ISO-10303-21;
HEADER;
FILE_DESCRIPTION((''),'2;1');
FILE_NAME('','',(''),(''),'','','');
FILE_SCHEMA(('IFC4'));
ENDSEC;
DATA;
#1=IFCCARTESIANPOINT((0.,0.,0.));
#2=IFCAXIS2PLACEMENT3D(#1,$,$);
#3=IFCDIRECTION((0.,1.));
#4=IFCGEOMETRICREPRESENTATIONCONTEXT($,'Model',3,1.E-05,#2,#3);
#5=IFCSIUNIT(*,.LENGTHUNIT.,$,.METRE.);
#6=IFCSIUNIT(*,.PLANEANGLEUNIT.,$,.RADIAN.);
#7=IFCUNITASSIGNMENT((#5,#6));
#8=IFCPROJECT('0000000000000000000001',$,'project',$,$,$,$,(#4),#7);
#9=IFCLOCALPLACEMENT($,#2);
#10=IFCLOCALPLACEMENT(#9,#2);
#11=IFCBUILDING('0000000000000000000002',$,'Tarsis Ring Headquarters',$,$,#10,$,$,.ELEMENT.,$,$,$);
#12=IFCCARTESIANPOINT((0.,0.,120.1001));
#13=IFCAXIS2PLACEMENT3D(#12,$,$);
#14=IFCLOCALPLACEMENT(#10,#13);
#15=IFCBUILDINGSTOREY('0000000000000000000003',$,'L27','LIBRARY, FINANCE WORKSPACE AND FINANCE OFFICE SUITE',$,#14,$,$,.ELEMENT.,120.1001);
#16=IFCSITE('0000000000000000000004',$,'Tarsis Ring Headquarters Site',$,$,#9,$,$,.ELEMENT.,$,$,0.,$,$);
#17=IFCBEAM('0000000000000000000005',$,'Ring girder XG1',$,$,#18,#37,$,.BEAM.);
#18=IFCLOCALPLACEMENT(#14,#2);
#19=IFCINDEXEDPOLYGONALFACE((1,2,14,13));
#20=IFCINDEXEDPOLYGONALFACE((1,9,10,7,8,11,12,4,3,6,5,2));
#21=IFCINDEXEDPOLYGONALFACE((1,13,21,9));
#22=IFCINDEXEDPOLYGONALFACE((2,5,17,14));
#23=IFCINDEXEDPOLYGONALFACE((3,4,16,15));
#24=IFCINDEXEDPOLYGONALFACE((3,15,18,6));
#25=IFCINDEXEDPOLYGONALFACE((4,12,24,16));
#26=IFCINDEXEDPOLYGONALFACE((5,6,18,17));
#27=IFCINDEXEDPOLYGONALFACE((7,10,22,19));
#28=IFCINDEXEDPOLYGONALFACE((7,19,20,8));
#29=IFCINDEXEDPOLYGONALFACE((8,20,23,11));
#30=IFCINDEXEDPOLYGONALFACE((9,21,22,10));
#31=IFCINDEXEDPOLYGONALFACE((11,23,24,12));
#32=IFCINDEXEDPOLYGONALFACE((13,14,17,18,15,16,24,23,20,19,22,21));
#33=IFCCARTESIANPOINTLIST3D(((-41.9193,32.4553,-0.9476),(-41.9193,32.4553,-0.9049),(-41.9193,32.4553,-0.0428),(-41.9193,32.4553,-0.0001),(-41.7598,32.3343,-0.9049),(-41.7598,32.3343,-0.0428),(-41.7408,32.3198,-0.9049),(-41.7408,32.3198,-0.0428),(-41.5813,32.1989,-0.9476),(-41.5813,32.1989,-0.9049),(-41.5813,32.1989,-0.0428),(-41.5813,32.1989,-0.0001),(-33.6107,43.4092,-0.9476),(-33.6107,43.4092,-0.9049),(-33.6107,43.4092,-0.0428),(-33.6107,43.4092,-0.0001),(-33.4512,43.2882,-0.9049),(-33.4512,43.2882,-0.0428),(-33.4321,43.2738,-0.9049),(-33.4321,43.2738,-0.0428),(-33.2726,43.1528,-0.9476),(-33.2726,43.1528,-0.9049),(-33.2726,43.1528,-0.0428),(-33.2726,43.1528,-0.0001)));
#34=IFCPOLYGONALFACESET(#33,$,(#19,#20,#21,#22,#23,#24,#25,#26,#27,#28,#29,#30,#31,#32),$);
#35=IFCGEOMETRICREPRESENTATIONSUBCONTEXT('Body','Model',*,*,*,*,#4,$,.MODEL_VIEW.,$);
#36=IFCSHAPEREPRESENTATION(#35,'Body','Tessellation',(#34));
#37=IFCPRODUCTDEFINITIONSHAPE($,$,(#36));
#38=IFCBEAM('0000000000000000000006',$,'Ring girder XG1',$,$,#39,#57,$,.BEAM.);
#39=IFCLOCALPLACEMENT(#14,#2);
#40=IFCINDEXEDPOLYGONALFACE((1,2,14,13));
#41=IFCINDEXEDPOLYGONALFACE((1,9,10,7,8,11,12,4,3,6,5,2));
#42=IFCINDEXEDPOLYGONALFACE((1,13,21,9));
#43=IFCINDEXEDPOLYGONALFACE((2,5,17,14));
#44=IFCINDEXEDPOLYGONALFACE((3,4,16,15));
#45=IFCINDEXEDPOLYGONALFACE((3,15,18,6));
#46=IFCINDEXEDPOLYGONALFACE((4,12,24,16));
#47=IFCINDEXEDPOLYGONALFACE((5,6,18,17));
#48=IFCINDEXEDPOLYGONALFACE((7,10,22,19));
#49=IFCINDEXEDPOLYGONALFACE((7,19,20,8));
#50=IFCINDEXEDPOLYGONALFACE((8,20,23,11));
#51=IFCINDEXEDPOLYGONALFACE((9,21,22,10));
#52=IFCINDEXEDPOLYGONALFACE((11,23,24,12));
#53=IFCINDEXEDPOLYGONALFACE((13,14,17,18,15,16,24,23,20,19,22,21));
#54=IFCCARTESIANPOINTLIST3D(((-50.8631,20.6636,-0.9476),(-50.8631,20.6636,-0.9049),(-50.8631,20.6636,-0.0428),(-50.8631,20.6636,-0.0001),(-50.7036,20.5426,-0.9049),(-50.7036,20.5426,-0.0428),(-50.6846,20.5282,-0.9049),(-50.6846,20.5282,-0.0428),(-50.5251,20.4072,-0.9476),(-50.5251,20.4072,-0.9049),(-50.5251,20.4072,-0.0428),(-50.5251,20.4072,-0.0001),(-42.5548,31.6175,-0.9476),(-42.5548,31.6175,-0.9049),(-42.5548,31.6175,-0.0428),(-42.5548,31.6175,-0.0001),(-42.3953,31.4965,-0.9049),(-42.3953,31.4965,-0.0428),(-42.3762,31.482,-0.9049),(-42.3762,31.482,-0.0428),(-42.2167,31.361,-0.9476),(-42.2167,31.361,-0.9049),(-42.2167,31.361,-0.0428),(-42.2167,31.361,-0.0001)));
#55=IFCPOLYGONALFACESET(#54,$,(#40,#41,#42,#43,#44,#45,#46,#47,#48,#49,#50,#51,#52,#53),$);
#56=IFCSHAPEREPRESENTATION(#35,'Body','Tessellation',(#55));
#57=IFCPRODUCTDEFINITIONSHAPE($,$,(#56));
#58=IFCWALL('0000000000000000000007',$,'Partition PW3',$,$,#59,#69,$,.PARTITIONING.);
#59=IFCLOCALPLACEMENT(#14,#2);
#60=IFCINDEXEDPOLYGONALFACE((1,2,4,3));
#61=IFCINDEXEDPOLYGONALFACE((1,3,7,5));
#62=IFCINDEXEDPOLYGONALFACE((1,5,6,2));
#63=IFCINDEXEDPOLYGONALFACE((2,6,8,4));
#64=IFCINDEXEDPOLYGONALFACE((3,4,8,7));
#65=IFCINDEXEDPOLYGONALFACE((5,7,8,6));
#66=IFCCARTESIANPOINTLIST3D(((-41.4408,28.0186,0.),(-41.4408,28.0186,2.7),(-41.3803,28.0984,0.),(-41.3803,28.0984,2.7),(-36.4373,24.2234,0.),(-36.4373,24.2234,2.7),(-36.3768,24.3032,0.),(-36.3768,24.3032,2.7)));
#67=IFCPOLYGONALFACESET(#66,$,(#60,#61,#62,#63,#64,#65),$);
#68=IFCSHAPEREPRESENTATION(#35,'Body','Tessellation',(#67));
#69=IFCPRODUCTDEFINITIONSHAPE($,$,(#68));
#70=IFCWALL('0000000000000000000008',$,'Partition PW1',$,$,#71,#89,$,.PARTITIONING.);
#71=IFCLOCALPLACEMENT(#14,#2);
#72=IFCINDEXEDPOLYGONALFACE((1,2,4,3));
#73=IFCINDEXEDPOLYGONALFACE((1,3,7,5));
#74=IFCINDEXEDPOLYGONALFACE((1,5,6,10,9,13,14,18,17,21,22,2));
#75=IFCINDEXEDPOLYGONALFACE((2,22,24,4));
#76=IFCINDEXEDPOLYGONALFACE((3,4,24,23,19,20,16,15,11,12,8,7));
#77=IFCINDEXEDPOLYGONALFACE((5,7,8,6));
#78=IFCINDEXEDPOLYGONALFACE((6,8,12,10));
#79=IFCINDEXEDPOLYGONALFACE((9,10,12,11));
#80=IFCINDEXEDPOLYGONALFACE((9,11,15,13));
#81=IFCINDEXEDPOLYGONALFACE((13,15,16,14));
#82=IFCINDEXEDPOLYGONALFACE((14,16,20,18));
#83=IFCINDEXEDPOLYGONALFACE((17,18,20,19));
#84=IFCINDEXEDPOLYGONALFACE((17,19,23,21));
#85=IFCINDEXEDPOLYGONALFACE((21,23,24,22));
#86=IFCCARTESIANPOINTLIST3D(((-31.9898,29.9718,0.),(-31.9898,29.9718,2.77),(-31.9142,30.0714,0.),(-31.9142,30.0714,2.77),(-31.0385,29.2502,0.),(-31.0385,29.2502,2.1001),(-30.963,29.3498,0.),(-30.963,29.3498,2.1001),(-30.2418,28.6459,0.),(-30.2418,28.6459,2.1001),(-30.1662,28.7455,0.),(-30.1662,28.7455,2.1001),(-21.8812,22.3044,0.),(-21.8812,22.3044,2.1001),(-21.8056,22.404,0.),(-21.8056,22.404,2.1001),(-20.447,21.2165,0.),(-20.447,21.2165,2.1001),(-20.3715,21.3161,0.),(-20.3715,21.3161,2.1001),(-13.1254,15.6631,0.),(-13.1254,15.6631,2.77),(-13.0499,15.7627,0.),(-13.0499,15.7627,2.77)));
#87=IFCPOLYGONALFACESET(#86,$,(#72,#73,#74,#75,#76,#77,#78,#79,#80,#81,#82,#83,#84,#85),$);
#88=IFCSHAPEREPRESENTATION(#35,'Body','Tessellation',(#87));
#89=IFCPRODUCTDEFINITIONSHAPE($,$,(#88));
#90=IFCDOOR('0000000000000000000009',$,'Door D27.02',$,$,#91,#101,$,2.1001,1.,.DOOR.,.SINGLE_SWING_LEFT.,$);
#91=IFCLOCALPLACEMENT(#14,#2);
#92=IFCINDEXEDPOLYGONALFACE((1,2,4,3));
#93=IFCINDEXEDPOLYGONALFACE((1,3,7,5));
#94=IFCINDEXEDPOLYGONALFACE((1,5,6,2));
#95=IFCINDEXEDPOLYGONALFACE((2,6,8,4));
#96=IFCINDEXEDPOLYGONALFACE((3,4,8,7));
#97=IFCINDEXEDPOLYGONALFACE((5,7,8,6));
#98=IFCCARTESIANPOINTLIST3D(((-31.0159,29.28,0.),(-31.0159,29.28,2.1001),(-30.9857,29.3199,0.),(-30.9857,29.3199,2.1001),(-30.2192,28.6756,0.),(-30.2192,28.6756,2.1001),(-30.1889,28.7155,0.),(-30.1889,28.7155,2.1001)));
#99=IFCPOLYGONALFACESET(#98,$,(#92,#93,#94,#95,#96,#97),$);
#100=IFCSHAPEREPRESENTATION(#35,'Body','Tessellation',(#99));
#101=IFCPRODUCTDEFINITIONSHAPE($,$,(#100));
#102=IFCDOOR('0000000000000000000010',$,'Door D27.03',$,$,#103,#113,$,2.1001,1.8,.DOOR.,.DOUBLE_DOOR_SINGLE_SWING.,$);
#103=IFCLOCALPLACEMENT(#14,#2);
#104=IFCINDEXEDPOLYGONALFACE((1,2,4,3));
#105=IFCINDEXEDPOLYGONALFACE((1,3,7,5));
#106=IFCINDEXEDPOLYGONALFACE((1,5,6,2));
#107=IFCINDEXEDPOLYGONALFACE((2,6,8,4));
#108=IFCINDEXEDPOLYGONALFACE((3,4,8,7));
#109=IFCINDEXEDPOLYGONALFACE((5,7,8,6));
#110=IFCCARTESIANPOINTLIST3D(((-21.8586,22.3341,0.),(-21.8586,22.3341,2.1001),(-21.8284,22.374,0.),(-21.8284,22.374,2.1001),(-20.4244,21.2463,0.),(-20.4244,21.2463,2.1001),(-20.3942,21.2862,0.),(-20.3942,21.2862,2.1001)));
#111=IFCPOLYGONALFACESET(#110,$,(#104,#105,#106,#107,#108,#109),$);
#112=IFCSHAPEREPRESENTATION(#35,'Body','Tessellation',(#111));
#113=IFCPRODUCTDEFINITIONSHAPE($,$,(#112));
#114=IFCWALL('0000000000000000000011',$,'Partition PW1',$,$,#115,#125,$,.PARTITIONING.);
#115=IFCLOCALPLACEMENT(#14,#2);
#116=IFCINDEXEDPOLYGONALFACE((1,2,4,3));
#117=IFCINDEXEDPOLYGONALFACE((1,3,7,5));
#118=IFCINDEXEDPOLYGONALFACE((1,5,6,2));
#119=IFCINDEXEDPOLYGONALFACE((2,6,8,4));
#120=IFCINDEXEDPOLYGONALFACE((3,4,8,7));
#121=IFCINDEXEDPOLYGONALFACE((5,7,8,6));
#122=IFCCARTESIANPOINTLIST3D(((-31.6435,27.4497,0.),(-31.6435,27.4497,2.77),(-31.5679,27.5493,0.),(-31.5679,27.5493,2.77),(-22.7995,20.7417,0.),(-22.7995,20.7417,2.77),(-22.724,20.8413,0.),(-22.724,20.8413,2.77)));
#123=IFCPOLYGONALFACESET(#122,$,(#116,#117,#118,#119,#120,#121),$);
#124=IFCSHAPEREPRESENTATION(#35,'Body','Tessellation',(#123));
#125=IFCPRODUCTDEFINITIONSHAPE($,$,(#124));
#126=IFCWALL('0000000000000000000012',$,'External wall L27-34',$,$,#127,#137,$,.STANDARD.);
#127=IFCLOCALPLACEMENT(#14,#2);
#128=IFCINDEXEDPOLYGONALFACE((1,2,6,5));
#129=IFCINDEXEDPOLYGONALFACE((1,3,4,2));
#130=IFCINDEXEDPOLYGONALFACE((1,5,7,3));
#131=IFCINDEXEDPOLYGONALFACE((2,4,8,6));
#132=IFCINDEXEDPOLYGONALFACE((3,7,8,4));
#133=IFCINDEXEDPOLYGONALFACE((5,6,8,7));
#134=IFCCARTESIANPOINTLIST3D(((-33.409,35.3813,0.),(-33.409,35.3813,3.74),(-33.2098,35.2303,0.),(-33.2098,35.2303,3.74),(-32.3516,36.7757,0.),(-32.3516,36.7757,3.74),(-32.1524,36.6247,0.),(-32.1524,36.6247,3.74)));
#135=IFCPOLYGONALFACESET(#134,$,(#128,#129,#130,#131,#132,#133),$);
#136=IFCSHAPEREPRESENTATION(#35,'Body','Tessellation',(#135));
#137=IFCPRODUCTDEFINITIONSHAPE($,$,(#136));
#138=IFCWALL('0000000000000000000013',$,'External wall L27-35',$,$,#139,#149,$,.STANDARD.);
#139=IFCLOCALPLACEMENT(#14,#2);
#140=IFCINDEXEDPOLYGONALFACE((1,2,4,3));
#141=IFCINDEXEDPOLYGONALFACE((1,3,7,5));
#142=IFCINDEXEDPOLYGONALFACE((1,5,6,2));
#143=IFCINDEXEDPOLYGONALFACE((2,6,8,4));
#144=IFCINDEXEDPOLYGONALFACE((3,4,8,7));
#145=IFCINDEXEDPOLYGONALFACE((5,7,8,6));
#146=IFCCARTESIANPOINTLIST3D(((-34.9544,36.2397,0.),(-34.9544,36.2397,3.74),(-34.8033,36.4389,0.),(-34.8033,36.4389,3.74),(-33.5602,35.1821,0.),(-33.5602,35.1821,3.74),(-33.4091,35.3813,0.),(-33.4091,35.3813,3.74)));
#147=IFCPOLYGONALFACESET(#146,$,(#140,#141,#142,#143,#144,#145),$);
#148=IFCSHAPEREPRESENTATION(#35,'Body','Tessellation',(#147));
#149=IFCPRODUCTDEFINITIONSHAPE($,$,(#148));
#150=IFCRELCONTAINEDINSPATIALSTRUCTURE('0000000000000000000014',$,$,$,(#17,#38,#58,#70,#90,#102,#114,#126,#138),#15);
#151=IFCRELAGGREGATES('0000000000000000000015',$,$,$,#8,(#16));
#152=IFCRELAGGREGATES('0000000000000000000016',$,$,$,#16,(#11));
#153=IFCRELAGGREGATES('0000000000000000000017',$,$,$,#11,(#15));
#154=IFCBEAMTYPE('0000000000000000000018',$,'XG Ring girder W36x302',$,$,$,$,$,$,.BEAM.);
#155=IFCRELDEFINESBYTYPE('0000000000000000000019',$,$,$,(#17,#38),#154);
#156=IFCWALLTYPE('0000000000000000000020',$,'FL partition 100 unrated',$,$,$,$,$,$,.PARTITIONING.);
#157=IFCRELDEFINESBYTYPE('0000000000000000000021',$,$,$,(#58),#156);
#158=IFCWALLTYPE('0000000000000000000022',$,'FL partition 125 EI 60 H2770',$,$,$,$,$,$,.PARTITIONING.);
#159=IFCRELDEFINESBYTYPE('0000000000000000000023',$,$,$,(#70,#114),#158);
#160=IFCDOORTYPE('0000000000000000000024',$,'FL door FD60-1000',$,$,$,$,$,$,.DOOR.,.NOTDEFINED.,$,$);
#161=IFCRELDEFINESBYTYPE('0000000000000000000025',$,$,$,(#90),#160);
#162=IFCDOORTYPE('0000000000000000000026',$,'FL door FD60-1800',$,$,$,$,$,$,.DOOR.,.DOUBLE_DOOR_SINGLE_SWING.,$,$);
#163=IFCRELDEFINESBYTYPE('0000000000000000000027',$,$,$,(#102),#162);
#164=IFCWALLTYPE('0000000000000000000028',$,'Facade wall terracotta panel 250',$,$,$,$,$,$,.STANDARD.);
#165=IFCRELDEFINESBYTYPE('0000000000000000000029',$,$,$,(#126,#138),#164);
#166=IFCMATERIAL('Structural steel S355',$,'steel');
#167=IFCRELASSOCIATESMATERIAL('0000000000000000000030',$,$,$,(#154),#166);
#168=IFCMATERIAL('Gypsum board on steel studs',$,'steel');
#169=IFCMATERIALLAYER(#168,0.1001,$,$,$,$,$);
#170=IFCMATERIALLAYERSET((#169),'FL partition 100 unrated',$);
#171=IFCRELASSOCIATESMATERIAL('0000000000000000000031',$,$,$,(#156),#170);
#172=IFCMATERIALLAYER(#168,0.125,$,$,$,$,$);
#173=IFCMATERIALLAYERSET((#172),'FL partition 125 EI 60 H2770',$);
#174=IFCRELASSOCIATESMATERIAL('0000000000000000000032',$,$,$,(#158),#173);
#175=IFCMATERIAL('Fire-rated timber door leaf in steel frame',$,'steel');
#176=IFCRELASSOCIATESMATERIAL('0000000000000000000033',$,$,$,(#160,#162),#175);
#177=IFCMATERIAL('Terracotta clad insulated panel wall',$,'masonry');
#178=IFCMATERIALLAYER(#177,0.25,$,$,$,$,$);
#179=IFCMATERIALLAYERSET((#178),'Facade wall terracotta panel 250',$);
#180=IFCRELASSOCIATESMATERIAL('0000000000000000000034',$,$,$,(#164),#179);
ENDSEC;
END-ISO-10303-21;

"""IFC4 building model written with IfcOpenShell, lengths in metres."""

from ifc_helpers import new_model, si_unit, direction, frame, frame_2d, origin, origin_2d, place, context, subcontext, project, spatial, rectangle, i_section, extrude, material, layer, layer_set, material_profile, profile_set, type_object, element, fill, save


model = new_model("IFC4")

# Units and contexts
model_context = context("Model", 3, precision=1e-05, world=origin(), true_north=direction((0.0, 1.0)))
body_context = subcontext(model_context, "Body", "Model", "MODEL_VIEW")
ifc_project = project(units=[si_unit("LENGTHUNIT", "METRE"), si_unit("PLANEANGLEUNIT", "RADIAN")], contexts=[model_context])

# Site, building, storey
site_placement = place(None, origin())
site = spatial("IfcSite", under=ifc_project, at=site_placement, Name="Tarsis Ring Headquarters Site", CompositionType="ELEMENT", RefElevation=0.0)
building_placement = place(site_placement, origin())
building = spatial("IfcBuilding", under=site, at=building_placement, Name="Tarsis Ring Headquarters", CompositionType="ELEMENT")
storey_placement = place(building_placement, frame((0.0, 0.0, 120.1001)))
storey = spatial("IfcBuildingStorey", under=building, at=storey_placement, Name="L27", Description="LIBRARY, FINANCE WORKSPACE AND FINANCE OFFICE SUITE", CompositionType="ELEMENT", Elevation=120.1001)

# Shared definitions
ifc_material_1 = material(Name="Structural steel S355", Category="steel")

# Beams
ifc_material_profile_1 = material_profile(ifc_material_1, i_section(OverallWidth=0.4243, OverallDepth=0.9475, WebThickness=0.0239, FlangeThickness=0.0427, at=origin_2d()), Name="W36x302")
ifc_profile_set_1 = profile_set([ifc_material_profile_1], Name="Structural steel S355")
beam_type = type_object("IfcBeamType", Name="XG Ring girder W36x302", PredefinedType="BEAM", material=ifc_profile_set_1)
beam_1_placement = place(storey_placement, frame((-33.4417, 43.281, -0.4739), z_axis=(-0.60433, -0.796734, 0.0), x_axis=(0.796734, -0.60433, 0.0)))
element("IfcBeam", 1, at=beam_1_placement, inside=storey, type_object=beam_type, Name="Ring girder XG1", PredefinedType="BEAM", context=body_context, shape_type="SweptSolid", body=[
    extrude(i_section(OverallWidth=0.4243, OverallDepth=0.9475, WebThickness=0.0239, FlangeThickness=0.0427, at=origin_2d()), origin(), (0.0, 0.0, 1.0), 13.7485),
])
beam_2_placement = place(storey_placement, frame((-42.3857, 31.4893, -0.4739), z_axis=(-0.604318, -0.796743, 0.0), x_axis=(0.796743, -0.604318, 0.0)))
element("IfcBeam", 2, at=beam_2_placement, inside=storey, type_object=beam_type, Name="Ring girder XG1", PredefinedType="BEAM", context=body_context, shape_type="SweptSolid", body=[
    extrude(i_section(OverallWidth=0.4243, OverallDepth=0.9475, WebThickness=0.0239, FlangeThickness=0.0427, at=origin_2d()), origin(), (0.0, 0.0, 1.0), 13.7483),
])

# Wall
ifc_material_2 = material(Name="Gypsum board on steel studs", Category="steel")
ifc_layer_1 = layer(ifc_material_2, 0.1001)
ifc_layer_set_1 = layer_set([ifc_layer_1], Name="FL partition 100 unrated")
wall_type_1 = type_object("IfcWallType", Name="FL partition 100 unrated", PredefinedType="PARTITIONING", material=ifc_layer_set_1)
wall_1_placement = place(storey_placement, frame((-41.4106, 28.0586, 0.0), z_axis=(0.0, 0.0, 1.0), x_axis=(0.796732, -0.604333, 0.0)))
element("IfcWall", 3, at=wall_1_placement, inside=storey, type_object=wall_type_1, Name="Partition PW3", PredefinedType="PARTITIONING", context=body_context, shape_type="SweptSolid", body=[
    extrude(rectangle(XDim=6.28, YDim=0.1001, at=frame_2d((3.1401, 0.0))), origin(), (0.0, 0.0, 1.0), 2.7),
])

# Wall, openings, doors
ifc_layer_2 = layer(ifc_material_2, 0.125)
ifc_layer_set_2 = layer_set([ifc_layer_2], Name="FL partition 125 EI 60 H2770")
wall_type_2 = type_object("IfcWallType", Name="FL partition 125 EI 60 H2770", PredefinedType="PARTITIONING", material=ifc_layer_set_2)
wall_2_placement = place(storey_placement, frame((-31.9519, 30.0215, 0.0), z_axis=(0.0, 0.0, 1.0), x_axis=(0.796736, -0.604327, 0.0)))
wall_2 = element("IfcWall", 4, at=wall_2_placement, inside=storey, type_object=wall_type_2, Name="Partition PW1", PredefinedType="PARTITIONING", context=body_context, shape_type="SweptSolid", body=[
    extrude(rectangle(XDim=23.677, YDim=0.125, at=frame_2d((11.8384, 0.0))), origin(), (0.0, 0.0, 1.0), 2.77),
])
opening_1_placement = place(wall_2_placement, frame((1.1938, 0.0, 0.0)))
opening_1 = element("IfcOpeningElement", 5, at=opening_1_placement, cuts=wall_2, PredefinedType="OPENING", context=body_context, shape_type="SweptSolid", body=[
    extrude(rectangle(XDim=1.0, YDim=2.1001, at=frame_2d((0.5, 1.05))), frame((0.0, 0.0725, 0.0), z_axis=(0.0, -1.0, 0.0), x_axis=(1.0, 0.0, 0.0)), (0.0, 0.0, 1.0), 0.145),
])
opening_2_placement = place(wall_2_placement, frame((12.6875, 0.0, 0.0)))
opening_2 = element("IfcOpeningElement", 6, at=opening_2_placement, cuts=wall_2, PredefinedType="OPENING", context=body_context, shape_type="SweptSolid", body=[
    extrude(rectangle(XDim=1.8, YDim=2.1001, at=frame_2d((0.8999, 1.05))), frame((0.0, 0.0725, 0.0), z_axis=(0.0, -1.0, 0.0), x_axis=(1.0, 0.0, 0.0)), (0.0, 0.0, 1.0), 0.145),
])
ifc_material_3 = material(Name="Fire-rated timber door leaf in steel frame", Category="steel")
door_type_1 = type_object("IfcDoorType", Name="FL door FD60-1000", OperationType="NOTDEFINED", PredefinedType="DOOR", material=ifc_material_3)
door_1_placement = place(opening_1_placement, origin())
door_1 = element("IfcDoor", 7, at=door_1_placement, inside=storey, type_object=door_type_1, Name="Door D27.02", OperationType="SINGLE_SWING_LEFT", OverallHeight=2.1001, OverallWidth=1.0, PredefinedType="DOOR", context=body_context, shape_type="SweptSolid", body=[
    extrude(rectangle(XDim=1.0, YDim=2.1001, at=frame_2d((0.5, 1.05))), frame((0.0, 0.0249, 0.0), z_axis=(0.0, -1.0, 0.0), x_axis=(1.0, 0.0, 0.0)), (0.0, 0.0, 1.0), 0.05),
])
fill(opening_1, door_1)
door_type_2 = type_object("IfcDoorType", Name="FL door FD60-1800", OperationType="DOUBLE_DOOR_SINGLE_SWING", PredefinedType="DOOR", material=ifc_material_3)
door_2_placement = place(opening_2_placement, origin())
door_2 = element("IfcDoor", 8, at=door_2_placement, inside=storey, type_object=door_type_2, Name="Door D27.03", OperationType="DOUBLE_DOOR_SINGLE_SWING", OverallHeight=2.1001, OverallWidth=1.8, PredefinedType="DOOR", context=body_context, shape_type="SweptSolid", body=[
    extrude(rectangle(XDim=1.8, YDim=2.1001, at=frame_2d((0.8999, 1.05))), frame((0.0, 0.0249, 0.0), z_axis=(0.0, -1.0, 0.0), x_axis=(1.0, 0.0, 0.0)), (0.0, 0.0, 1.0), 0.05),
])
fill(opening_2, door_2)

# Walls
wall_3_placement = place(storey_placement, frame((-31.6057, 27.4995, 0.0), z_axis=(0.0, 0.0, 1.0), x_axis=(0.796745, -0.604316, 0.0)))
element("IfcWall", 9, at=wall_3_placement, inside=storey, type_object=wall_type_2, Name="Partition PW1", PredefinedType="PARTITIONING", context=body_context, shape_type="SweptSolid", body=[
    extrude(rectangle(XDim=11.1001, YDim=0.125, at=frame_2d((5.55, 0.0))), origin(), (0.0, 0.0, 1.0), 2.77),
])
ifc_material_4 = material(Name="Terracotta clad insulated panel wall", Category="masonry")
ifc_layer_3 = layer(ifc_material_4, 0.25)
ifc_layer_set_3 = layer_set([ifc_layer_3], Name="Facade wall terracotta panel 250")
wall_type_3 = type_object("IfcWallType", Name="Facade wall terracotta panel 250", PredefinedType="STANDARD", material=ifc_layer_set_3)
for number, where, z_axis, x_axis, name in (
    (10, (-32.252, 36.7002, 0.0), (0.0, 0.0, 1.0), (-0.604255, -0.796791, 0.0), "External wall L27-34"),
    (11, (-33.4846, 35.2817, 0.0), (0.0, 0.0, 1.0), (-0.796724, 0.604344, 0.0), "External wall L27-35"),
):
    element("IfcWall", number, at=place(storey_placement, frame(where, z_axis=z_axis, x_axis=x_axis)), inside=storey, type_object=wall_type_3, Name=name, PredefinedType="STANDARD", context=body_context, shape_type="SweptSolid", body=[
        extrude(rectangle(XDim=1.75, YDim=0.25, at=frame_2d((0.875, 0.0))), origin(), (0.0, 0.0, 1.0), 3.74),
    ])

save(model, "model.ifc")
